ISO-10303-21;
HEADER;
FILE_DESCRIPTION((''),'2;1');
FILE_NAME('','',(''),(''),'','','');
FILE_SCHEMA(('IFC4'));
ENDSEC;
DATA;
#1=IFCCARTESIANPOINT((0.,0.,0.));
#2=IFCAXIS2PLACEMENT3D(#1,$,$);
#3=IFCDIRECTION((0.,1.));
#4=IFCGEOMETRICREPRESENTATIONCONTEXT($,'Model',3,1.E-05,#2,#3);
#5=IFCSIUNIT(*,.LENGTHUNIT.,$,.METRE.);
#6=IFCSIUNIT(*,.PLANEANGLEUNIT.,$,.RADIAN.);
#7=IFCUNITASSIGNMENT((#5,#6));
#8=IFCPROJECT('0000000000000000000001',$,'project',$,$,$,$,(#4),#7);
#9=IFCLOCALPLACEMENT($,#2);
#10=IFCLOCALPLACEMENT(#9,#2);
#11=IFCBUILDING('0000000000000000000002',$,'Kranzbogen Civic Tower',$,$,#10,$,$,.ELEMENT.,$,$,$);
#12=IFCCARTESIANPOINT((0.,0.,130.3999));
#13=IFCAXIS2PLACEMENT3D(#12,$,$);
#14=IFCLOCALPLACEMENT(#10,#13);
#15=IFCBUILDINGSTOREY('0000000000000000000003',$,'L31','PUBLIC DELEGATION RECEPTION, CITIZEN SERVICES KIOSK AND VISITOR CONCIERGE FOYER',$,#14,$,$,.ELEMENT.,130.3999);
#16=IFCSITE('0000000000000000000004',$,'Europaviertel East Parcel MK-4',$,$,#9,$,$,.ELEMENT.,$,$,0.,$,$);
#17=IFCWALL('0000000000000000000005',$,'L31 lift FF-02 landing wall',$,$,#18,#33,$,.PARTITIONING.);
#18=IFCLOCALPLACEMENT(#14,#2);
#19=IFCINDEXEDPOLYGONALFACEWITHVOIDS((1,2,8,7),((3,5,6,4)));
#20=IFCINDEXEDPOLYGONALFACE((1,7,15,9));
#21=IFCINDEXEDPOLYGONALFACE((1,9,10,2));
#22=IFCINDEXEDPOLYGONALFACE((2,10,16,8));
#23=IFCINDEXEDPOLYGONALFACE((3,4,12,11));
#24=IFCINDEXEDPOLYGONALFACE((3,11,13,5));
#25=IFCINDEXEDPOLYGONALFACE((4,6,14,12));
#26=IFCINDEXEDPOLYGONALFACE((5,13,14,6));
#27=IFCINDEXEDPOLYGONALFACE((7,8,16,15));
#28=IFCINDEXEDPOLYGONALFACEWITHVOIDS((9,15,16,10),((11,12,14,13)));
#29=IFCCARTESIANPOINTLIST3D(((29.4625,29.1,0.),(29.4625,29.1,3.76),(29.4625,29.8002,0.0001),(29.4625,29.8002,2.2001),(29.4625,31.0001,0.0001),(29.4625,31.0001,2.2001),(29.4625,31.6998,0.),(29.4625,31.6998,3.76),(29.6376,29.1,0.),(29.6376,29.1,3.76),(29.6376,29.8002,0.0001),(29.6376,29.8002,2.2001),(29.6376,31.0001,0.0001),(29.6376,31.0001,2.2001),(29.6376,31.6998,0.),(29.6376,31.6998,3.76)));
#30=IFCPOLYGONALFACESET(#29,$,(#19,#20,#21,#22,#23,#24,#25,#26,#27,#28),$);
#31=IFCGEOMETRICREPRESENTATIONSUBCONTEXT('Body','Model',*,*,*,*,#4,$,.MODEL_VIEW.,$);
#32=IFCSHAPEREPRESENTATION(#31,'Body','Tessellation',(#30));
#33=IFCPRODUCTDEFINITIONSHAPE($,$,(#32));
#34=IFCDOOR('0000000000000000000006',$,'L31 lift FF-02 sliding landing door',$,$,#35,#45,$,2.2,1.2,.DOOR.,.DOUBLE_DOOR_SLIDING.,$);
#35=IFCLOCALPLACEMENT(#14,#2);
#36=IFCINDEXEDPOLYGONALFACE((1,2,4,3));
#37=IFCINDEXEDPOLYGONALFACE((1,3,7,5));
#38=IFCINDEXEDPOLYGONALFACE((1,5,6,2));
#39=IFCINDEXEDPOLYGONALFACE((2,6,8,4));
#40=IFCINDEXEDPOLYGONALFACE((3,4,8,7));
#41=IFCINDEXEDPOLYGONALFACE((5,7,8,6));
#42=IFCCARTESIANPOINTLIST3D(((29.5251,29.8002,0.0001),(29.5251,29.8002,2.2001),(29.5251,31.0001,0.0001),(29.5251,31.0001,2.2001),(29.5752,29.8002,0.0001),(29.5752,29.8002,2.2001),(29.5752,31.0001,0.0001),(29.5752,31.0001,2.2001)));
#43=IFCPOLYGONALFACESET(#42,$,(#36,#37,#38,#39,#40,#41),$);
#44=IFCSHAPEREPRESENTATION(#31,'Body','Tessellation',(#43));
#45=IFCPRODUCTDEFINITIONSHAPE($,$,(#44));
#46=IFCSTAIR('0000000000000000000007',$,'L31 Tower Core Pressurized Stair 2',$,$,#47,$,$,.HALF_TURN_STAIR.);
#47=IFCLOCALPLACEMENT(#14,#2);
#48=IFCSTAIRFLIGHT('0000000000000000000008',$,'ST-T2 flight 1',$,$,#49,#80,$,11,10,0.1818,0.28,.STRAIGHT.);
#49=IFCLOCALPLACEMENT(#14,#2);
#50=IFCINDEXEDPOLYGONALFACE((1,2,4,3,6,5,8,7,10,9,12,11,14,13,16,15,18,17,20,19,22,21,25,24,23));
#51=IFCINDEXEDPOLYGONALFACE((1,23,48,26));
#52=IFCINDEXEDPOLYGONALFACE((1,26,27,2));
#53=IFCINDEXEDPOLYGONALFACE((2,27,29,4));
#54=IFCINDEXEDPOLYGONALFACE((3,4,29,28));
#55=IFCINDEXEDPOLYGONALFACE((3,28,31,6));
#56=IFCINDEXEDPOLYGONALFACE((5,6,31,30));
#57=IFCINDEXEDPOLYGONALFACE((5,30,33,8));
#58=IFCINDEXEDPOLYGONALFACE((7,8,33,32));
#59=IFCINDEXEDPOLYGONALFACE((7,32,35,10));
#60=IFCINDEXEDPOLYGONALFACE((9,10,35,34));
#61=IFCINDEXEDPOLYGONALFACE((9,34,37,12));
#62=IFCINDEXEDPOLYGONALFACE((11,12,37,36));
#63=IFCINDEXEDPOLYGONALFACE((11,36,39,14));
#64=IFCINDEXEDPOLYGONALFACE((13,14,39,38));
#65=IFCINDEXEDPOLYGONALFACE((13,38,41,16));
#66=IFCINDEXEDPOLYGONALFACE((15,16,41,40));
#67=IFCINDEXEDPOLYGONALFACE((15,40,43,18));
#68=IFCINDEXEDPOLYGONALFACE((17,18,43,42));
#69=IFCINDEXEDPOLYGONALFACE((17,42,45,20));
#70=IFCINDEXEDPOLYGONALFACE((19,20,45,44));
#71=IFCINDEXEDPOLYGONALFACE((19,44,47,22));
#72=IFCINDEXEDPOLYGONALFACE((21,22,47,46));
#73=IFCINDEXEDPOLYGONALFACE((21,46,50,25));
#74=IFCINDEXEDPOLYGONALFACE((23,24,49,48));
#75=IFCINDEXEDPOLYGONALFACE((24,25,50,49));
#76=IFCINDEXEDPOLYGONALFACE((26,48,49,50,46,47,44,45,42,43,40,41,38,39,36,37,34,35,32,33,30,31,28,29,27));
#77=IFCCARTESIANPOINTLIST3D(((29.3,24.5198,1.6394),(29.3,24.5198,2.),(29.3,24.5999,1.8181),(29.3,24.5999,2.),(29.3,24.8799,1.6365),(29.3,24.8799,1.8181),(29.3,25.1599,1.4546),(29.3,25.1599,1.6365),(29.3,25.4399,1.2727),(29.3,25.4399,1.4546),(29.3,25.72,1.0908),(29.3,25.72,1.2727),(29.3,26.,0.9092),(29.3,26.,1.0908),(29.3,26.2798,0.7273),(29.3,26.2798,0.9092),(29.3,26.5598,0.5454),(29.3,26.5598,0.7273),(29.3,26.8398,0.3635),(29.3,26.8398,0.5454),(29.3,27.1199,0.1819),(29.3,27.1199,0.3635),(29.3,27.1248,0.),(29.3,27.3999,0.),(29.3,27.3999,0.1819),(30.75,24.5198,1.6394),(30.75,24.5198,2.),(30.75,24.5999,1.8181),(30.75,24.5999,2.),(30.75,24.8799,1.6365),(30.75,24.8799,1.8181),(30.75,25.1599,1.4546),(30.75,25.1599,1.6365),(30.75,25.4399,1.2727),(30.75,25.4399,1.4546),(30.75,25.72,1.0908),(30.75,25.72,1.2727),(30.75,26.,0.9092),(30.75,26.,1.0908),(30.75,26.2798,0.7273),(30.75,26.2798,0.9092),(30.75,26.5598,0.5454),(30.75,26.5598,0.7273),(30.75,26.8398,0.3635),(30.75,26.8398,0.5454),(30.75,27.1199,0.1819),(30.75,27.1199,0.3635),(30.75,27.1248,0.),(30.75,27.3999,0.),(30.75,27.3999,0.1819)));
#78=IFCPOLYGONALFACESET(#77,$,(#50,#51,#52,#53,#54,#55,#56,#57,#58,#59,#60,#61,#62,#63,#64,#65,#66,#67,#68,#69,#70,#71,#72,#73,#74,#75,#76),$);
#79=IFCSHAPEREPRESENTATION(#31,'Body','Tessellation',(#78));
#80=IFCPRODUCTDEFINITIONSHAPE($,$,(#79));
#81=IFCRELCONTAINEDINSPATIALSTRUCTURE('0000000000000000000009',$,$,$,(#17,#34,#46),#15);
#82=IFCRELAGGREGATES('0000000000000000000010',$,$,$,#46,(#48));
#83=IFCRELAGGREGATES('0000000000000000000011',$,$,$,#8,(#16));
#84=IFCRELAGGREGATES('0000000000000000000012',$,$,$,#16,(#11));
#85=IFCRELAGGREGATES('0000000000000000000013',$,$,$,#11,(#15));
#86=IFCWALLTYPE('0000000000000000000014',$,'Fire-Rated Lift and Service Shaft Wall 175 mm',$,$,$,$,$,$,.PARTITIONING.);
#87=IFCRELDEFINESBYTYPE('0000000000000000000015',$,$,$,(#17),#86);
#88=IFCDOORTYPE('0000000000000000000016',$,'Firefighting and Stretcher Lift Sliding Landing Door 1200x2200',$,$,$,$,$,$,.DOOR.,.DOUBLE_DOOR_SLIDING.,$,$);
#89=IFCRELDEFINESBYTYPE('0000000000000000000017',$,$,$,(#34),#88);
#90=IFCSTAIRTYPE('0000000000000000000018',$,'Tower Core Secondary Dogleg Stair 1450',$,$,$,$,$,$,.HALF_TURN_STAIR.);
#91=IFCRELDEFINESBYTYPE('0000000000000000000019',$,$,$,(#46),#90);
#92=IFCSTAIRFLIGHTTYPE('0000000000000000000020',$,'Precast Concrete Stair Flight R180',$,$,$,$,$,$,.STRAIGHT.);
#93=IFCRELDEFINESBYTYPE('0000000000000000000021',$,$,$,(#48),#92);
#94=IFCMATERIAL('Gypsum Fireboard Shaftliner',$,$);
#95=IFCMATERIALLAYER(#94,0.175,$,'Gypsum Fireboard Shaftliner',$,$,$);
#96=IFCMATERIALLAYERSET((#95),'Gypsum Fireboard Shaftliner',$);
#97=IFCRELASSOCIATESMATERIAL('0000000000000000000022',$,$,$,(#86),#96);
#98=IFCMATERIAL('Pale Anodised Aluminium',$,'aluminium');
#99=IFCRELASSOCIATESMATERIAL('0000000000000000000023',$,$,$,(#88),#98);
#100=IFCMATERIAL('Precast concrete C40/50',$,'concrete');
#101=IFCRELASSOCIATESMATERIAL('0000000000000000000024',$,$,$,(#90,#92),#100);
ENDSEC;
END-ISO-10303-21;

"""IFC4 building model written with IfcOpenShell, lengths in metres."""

from ifc_helpers import new_model, si_unit, direction, frame, frame_2d, origin, place, context, subcontext, project, spatial, polyline, rectangle, outline, extrude, material, layer, layer_set, type_object, element, fill, aggregate, save


model = new_model("IFC4")

# Units and contexts
model_context = context("Model", 3, precision=1e-05, world=origin(), true_north=direction((0.0, 1.0)))
body_context = subcontext(model_context, "Body", "Model", "MODEL_VIEW")
ifc_project = project(units=[si_unit("LENGTHUNIT", "METRE"), si_unit("PLANEANGLEUNIT", "RADIAN")], contexts=[model_context])

# Site, building, storey
site_placement = place(None, origin())
site = spatial("IfcSite", under=ifc_project, at=site_placement, Name="Europaviertel East Parcel MK-4", CompositionType="ELEMENT", RefElevation=0.0)
building_placement = place(site_placement, origin())
building = spatial("IfcBuilding", under=site, at=building_placement, Name="Kranzbogen Civic Tower", CompositionType="ELEMENT")
storey_placement = place(building_placement, frame((0.0, 0.0, 130.3999)))
storey = spatial("IfcBuildingStorey", under=building, at=storey_placement, Name="L31", Description="PUBLIC DELEGATION RECEPTION, CITIZEN SERVICES KIOSK AND VISITOR CONCIERGE FOYER", CompositionType="ELEMENT", Elevation=130.3999)

# Shared definitions
ifc_material_1 = material(Name="Pale Anodised Aluminium", Category="aluminium")

# Shared definitions
ifc_material_2 = material(Name="Gypsum Fireboard Shaftliner")
ifc_layer_1 = layer(ifc_material_2, 0.175, Name="Gypsum Fireboard Shaftliner")
ifc_layer_set_1 = layer_set([ifc_layer_1], Name="Gypsum Fireboard Shaftliner")
wall_type_1 = type_object("IfcWallType", Name="Fire-Rated Lift and Service Shaft Wall 175 mm", PredefinedType="PARTITIONING", material=ifc_layer_set_1)

# Wall, opening, door
wall_1_placement = place(storey_placement, frame((29.55, 29.1001, 0.0), z_axis=(0.0, 0.0, 1.0), x_axis=(0.0, 1.0, 0.0)))
wall_1 = element("IfcWall", 1, at=wall_1_placement, inside=storey, type_object=wall_type_1, Name="L31 lift FF-02 landing wall", PredefinedType="PARTITIONING", context=body_context, shape_type="SweptSolid", body=[
    extrude(rectangle(XDim=2.5999, YDim=0.175, at=frame_2d((1.2998, 0.0))), origin(), (0.0, 0.0, 1.0), 3.76),
])
opening_1_placement = place(wall_1_placement, frame((0.7, 0.0, 0.0)))
opening_1 = element("IfcOpeningElement", 2, at=opening_1_placement, cuts=wall_1, PredefinedType="OPENING", context=body_context, shape_type="SweptSolid", body=[
    extrude(rectangle(XDim=1.2, YDim=2.2, at=frame_2d((0.6001, 1.1001))), frame((0.0, 0.0977, 0.0), z_axis=(0.0, -1.0, 0.0), x_axis=(1.0, 0.0, 0.0)), (0.0, 0.0, 1.0), 0.1951),
])
door_type_1 = type_object("IfcDoorType", Name="Firefighting and Stretcher Lift Sliding Landing Door 1200x2200", OperationType="DOUBLE_DOOR_SLIDING", PredefinedType="DOOR", material=ifc_material_1)
door_1_placement = place(opening_1_placement, origin())
door_1 = element("IfcDoor", 3, at=door_1_placement, inside=storey, type_object=door_type_1, Name="L31 lift FF-02 sliding landing door", OperationType="DOUBLE_DOOR_SLIDING", OverallHeight=2.2, OverallWidth=1.2, PredefinedType="DOOR", context=body_context, shape_type="SweptSolid", body=[
    extrude(rectangle(XDim=1.2, YDim=2.2, at=frame_2d((0.6001, 1.1001))), frame((0.0, 0.0249, 0.0), z_axis=(0.0, -1.0, 0.0), x_axis=(1.0, 0.0, 0.0)), (0.0, 0.0, 1.0), 0.05),
])
fill(opening_1, door_1)

# Stair, stair flight
ifc_material_3 = material(Name="Precast concrete C40/50", Category="concrete")
stair_type = type_object("IfcStairType", Name="Tower Core Secondary Dogleg Stair 1450", PredefinedType="HALF_TURN_STAIR", material=ifc_material_3)
stair_placement = place(storey_placement, origin())
stair = element("IfcStair", 4, at=stair_placement, inside=storey, type_object=stair_type, Name="L31 Tower Core Pressurized Stair 2", PredefinedType="HALF_TURN_STAIR")
stair_flight_type = type_object("IfcStairFlightType", Name="Precast Concrete Stair Flight R180", PredefinedType="STRAIGHT", material=ifc_material_3)
stair_flight_placement = place(storey_placement, frame((30.0249, 27.3999, 0.0), z_axis=(0.0, 0.0, 1.0), x_axis=(0.0, -1.0, 0.0)))
stair_flight = element("IfcStairFlight", 5, at=stair_flight_placement, type_object=stair_flight_type, Name="ST-T2 flight 1", NumberOfRisers=11, NumberOfTreads=10, PredefinedType="STRAIGHT", RiserHeight=0.1818, TreadLength=0.28, context=body_context, shape_type="SweptSolid", body=[
    extrude(outline(polyline([(0.0, 0.0), (0.0, 0.1819), (0.28, 0.1819), (0.28, 0.3635), (0.5601, 0.3635), (0.5601, 0.5454), (0.8401, 0.5454), (0.8401, 0.7273), (1.1201, 0.7273), (1.1201, 0.9092), (1.3999, 0.9092), (1.3999, 1.0908), (1.6799, 1.0908), (1.6799, 1.2727), (1.96, 1.2727), (1.96, 1.4546), (2.24, 1.4546), (2.24, 1.6365), (2.52, 1.6365), (2.52, 1.8181), (2.8, 1.8181), (2.8, 2.0), (2.8801, 2.0), (2.8801, 1.6394), (0.2751, 0.0), (0.0, 0.0)])), frame((0.0, 0.7251, 0.0), z_axis=(0.0, -1.0, 0.0), x_axis=(1.0, 0.0, 0.0)), (0.0, 0.0, 1.0), 1.45),
])
aggregate(stair, [stair_flight])

save(model, "model.ifc")
